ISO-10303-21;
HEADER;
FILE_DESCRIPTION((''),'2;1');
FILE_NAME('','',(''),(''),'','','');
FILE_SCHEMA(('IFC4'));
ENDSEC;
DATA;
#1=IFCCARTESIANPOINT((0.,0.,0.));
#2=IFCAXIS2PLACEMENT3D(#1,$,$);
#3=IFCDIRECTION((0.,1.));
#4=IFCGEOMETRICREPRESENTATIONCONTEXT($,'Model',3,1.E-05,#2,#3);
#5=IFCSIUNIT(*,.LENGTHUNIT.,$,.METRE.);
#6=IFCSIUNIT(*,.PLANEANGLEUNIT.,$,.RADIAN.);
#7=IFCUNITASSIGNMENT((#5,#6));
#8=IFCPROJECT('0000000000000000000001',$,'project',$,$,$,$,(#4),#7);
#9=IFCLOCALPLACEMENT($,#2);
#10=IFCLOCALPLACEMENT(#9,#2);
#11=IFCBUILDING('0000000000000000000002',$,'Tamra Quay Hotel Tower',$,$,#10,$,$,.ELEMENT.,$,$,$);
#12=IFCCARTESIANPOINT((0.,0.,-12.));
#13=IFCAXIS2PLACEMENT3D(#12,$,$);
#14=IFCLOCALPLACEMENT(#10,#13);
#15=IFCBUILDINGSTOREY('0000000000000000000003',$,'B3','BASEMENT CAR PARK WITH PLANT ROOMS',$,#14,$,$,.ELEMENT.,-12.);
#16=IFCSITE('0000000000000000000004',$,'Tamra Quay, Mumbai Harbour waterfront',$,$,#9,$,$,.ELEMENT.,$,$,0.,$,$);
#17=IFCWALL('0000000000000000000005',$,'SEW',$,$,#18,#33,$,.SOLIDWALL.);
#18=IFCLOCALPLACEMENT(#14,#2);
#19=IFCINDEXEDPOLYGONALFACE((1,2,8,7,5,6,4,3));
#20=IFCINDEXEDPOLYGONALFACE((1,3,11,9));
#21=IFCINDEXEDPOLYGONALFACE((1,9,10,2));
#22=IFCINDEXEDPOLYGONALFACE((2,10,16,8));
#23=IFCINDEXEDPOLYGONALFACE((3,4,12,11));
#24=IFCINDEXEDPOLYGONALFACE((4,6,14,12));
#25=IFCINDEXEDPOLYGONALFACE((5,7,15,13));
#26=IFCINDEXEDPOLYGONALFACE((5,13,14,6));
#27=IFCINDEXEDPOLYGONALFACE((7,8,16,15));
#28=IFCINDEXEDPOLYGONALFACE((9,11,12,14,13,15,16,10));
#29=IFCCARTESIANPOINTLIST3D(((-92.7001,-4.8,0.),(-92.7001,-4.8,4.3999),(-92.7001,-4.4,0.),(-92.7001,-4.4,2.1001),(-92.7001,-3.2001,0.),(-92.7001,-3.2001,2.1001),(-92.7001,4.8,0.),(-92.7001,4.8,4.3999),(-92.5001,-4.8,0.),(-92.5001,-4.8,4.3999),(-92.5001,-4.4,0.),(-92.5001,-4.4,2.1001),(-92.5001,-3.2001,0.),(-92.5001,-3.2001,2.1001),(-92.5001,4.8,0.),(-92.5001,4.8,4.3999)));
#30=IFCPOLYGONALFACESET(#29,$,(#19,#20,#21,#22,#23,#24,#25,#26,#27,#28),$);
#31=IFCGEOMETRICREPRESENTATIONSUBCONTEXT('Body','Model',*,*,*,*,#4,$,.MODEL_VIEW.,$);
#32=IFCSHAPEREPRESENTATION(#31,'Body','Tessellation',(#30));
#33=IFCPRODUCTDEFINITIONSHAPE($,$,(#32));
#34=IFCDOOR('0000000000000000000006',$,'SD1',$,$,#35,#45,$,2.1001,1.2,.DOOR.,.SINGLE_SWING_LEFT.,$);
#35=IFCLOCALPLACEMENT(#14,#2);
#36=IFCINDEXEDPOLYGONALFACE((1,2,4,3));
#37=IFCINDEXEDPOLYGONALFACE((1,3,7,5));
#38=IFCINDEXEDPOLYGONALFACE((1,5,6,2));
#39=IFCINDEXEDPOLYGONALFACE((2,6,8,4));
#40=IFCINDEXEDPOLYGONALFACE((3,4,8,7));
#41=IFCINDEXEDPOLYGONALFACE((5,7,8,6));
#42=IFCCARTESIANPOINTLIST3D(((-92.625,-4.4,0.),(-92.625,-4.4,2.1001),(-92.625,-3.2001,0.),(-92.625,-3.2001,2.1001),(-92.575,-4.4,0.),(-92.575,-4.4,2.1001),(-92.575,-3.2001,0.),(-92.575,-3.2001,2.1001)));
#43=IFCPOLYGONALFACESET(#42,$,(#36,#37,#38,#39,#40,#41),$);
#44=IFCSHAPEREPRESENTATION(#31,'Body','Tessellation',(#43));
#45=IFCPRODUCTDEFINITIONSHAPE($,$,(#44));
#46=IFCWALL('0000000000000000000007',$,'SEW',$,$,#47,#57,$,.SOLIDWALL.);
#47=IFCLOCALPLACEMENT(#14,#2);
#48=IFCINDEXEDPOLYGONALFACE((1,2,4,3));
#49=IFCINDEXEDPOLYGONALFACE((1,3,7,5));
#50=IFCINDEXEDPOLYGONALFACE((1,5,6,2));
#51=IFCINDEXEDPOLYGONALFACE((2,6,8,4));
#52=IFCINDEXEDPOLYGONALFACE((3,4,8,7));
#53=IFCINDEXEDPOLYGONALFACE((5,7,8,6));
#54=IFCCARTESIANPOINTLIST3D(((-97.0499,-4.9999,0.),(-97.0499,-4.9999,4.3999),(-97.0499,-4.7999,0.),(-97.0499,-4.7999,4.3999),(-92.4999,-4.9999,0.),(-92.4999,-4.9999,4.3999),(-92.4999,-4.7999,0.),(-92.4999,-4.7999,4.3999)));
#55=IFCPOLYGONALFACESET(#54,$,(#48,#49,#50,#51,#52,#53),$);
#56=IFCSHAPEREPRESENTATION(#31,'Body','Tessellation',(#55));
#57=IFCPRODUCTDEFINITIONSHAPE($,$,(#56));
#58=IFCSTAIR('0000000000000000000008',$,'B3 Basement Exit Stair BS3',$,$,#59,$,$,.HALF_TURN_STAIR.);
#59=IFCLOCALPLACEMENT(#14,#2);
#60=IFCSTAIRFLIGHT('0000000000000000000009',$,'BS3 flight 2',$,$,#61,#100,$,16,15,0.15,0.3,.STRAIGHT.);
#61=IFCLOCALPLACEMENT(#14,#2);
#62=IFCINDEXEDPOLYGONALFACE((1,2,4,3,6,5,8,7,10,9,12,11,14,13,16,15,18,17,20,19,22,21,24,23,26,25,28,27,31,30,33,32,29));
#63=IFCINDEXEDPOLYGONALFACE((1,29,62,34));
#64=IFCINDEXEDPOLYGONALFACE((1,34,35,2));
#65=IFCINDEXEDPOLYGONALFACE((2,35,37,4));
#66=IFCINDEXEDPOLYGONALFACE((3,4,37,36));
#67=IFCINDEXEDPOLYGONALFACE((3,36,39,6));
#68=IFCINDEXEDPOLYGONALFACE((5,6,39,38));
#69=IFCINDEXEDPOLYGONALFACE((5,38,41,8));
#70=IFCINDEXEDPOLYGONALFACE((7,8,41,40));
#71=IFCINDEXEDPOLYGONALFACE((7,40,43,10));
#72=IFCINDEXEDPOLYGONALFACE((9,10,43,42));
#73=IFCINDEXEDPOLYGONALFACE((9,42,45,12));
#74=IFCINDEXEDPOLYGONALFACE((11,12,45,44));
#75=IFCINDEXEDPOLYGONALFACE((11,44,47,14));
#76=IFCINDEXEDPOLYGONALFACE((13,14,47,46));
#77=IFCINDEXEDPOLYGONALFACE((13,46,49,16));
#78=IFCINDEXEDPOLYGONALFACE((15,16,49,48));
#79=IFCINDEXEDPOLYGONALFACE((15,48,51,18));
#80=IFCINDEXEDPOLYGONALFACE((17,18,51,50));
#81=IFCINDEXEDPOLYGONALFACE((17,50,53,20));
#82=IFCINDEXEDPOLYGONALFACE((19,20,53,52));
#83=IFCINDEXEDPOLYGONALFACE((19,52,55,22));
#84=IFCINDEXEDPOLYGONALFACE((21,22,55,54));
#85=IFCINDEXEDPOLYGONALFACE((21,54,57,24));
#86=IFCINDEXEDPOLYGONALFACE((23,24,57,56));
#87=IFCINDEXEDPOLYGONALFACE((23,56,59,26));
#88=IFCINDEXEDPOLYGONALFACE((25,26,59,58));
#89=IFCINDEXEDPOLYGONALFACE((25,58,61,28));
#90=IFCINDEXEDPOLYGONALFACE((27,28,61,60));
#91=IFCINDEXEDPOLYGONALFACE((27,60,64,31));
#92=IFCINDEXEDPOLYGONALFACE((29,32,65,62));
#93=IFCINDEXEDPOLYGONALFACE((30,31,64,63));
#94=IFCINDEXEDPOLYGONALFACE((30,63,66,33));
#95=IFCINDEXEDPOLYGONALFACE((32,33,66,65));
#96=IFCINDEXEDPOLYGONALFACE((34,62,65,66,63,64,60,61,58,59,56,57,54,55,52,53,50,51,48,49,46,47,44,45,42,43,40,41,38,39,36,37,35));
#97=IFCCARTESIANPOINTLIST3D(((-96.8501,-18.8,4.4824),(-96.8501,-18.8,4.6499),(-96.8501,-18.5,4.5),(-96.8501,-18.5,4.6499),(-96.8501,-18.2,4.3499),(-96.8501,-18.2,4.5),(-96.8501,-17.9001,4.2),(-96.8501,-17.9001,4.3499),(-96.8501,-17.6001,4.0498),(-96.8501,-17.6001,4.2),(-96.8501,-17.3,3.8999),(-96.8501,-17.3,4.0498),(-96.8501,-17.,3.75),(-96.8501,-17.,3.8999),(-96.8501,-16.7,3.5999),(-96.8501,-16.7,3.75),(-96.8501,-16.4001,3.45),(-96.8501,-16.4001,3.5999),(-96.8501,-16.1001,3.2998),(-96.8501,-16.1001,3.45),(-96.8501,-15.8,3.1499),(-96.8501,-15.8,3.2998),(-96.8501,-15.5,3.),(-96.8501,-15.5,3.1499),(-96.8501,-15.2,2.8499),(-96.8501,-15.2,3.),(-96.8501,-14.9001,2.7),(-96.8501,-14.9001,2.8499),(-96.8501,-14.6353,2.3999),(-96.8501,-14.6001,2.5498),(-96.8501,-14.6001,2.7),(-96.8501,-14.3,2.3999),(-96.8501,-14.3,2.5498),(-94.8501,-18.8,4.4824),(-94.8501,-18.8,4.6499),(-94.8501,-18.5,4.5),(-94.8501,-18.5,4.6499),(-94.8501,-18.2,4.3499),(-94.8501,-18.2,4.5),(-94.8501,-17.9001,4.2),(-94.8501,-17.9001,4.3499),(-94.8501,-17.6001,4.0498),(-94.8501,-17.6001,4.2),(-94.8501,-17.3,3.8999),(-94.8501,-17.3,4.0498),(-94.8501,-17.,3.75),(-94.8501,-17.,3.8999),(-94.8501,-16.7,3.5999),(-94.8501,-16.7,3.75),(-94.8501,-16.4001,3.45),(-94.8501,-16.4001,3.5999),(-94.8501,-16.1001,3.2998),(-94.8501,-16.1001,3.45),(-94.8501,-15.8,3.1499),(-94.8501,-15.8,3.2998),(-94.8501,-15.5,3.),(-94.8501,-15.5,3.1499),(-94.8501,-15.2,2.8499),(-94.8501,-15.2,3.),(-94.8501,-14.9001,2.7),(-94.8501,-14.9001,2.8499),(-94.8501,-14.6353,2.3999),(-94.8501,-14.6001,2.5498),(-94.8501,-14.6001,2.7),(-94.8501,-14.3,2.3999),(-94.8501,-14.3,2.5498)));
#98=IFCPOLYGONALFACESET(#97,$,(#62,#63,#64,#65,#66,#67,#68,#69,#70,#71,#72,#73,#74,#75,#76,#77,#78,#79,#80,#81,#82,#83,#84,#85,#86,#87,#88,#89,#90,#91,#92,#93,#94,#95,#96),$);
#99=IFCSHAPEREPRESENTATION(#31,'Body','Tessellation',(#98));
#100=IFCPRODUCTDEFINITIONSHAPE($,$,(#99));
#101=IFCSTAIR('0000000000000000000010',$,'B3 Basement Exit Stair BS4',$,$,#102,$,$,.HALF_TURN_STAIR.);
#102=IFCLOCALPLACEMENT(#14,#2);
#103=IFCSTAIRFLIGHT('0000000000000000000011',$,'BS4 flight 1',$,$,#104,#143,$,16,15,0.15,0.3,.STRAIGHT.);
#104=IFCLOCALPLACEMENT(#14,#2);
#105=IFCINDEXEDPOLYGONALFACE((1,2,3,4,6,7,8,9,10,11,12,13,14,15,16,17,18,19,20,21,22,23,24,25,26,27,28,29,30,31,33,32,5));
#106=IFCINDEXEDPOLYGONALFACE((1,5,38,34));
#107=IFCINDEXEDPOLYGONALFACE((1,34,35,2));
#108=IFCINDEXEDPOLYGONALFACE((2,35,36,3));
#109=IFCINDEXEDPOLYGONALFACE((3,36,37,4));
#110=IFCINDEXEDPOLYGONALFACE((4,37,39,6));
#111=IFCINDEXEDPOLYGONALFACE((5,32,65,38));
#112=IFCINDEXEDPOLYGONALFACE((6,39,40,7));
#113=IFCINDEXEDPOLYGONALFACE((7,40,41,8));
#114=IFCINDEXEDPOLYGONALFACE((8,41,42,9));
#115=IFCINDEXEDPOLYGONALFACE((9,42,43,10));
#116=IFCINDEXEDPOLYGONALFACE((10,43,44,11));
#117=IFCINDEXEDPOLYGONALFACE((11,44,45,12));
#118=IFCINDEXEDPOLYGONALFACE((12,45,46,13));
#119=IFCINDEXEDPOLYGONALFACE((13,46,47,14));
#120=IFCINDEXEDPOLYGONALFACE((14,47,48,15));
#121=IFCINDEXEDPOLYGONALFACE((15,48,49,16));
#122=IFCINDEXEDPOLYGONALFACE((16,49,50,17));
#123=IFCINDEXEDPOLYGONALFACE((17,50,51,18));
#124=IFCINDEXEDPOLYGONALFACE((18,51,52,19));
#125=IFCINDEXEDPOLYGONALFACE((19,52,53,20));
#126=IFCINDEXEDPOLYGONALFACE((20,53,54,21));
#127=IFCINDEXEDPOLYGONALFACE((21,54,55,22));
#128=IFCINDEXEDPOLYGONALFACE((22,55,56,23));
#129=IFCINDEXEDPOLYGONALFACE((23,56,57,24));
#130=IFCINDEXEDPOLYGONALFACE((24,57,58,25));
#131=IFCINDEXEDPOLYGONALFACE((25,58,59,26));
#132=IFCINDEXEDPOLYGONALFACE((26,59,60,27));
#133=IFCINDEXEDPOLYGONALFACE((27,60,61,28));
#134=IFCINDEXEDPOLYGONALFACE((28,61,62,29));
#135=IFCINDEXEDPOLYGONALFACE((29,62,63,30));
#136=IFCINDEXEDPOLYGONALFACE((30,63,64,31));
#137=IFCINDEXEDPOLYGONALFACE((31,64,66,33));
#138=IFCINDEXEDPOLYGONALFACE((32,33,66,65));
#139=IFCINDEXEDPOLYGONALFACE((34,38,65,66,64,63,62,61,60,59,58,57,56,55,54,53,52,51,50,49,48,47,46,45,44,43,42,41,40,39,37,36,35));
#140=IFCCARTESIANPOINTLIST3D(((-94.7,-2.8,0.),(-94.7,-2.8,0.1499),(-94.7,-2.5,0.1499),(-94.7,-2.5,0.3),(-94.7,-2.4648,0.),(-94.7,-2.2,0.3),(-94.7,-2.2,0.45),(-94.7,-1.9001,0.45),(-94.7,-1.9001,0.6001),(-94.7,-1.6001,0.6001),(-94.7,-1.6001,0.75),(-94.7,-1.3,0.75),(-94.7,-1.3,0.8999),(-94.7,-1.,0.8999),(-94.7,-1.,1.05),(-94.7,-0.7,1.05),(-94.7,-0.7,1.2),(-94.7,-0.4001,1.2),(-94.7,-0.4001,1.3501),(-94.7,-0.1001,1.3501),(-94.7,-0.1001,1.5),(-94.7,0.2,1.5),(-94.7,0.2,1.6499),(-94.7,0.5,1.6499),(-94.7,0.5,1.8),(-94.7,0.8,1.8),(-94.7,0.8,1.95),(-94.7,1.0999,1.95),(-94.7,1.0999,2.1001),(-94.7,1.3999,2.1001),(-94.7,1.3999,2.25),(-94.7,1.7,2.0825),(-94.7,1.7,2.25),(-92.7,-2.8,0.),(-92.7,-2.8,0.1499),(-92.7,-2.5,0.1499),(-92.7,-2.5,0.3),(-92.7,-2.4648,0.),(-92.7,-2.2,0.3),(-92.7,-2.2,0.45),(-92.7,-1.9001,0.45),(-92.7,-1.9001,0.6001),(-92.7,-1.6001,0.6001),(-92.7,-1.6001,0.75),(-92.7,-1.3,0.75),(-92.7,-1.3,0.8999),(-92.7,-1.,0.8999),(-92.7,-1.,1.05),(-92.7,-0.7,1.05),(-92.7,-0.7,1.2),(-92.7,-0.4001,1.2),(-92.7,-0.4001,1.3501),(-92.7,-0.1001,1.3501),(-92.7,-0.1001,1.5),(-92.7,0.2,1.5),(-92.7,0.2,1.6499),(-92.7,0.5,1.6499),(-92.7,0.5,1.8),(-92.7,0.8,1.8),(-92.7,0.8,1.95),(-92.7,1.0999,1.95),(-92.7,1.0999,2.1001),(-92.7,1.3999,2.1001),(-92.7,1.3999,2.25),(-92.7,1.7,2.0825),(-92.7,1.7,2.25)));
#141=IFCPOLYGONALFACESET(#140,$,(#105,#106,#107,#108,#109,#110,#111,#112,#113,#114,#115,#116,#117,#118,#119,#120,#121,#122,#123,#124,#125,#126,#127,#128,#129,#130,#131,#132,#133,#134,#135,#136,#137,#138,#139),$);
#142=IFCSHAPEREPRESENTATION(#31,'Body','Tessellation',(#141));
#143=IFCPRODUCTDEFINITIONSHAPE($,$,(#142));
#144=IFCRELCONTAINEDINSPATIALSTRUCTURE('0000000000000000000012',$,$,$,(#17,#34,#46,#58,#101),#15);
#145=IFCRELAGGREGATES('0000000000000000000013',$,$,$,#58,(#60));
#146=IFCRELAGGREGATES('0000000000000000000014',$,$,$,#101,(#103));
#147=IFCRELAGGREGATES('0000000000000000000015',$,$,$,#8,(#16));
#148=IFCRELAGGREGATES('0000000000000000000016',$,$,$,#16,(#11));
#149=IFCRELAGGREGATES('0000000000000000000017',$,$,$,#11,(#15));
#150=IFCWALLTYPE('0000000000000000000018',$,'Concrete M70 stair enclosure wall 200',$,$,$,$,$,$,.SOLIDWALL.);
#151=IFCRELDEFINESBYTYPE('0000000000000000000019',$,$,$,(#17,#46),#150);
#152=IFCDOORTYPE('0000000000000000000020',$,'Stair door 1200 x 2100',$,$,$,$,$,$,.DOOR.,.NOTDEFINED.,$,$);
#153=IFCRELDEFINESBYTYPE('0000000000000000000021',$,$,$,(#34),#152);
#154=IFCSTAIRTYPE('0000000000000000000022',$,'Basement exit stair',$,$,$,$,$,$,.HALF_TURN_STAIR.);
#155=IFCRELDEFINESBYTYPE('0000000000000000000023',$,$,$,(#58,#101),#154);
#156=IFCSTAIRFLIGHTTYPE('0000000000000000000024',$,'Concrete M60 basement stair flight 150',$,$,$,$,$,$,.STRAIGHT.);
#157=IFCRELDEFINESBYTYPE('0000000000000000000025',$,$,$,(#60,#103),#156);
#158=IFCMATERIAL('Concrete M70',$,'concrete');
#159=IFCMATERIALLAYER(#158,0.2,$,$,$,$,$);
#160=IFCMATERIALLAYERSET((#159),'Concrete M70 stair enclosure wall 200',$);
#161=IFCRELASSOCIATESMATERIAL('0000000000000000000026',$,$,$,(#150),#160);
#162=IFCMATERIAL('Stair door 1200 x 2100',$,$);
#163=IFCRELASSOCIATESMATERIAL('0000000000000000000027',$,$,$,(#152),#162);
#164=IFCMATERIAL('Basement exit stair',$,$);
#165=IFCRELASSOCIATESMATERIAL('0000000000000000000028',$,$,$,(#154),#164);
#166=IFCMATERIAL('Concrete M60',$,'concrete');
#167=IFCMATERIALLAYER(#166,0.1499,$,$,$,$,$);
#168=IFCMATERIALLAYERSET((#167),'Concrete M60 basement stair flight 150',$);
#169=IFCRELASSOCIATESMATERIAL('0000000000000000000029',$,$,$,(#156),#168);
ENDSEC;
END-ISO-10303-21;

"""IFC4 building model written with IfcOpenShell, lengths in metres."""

from ifc_helpers import new_model, si_unit, direction, frame, frame_2d, origin, place, context, subcontext, project, spatial, polyline, rectangle, outline, extrude, material, layer, layer_set, type_object, element, fill, aggregate, save


model = new_model("IFC4")

# Units and contexts
model_context = context("Model", 3, precision=1e-05, world=origin(), true_north=direction((0.0, 1.0)))
body_context = subcontext(model_context, "Body", "Model", "MODEL_VIEW")
ifc_project = project(units=[si_unit("LENGTHUNIT", "METRE"), si_unit("PLANEANGLEUNIT", "RADIAN")], contexts=[model_context])

# Site, building, storey
site_placement = place(None, origin())
site = spatial("IfcSite", under=ifc_project, at=site_placement, Name="Tamra Quay, Mumbai Harbour waterfront", CompositionType="ELEMENT", RefElevation=0.0)
building_placement = place(site_placement, origin())
building = spatial("IfcBuilding", under=site, at=building_placement, Name="Tamra Quay Hotel Tower", CompositionType="ELEMENT")
storey_placement = place(building_placement, frame((0.0, 0.0, -12.0)))
storey = spatial("IfcBuildingStorey", under=building, at=storey_placement, Name="B3", Description="BASEMENT CAR PARK WITH PLANT ROOMS", CompositionType="ELEMENT", Elevation=-12.0)

# Shared definitions
ifc_material_1 = material(Name="Concrete M70", Category="concrete")

# Shared definitions
ifc_layer_1 = layer(ifc_material_1, 0.2)
ifc_layer_set_1 = layer_set([ifc_layer_1], Name="Concrete M70 stair enclosure wall 200")
wall_type_1 = type_object("IfcWallType", Name="Concrete M70 stair enclosure wall 200", PredefinedType="SOLIDWALL", material=ifc_layer_set_1)

# Wall, opening, door
wall_1_placement = place(storey_placement, frame((-92.6001, -4.8, 0.0), z_axis=(0.0, 0.0, 1.0), x_axis=(0.0, 1.0, 0.0)))
wall_1 = element("IfcWall", 1, at=wall_1_placement, inside=storey, type_object=wall_type_1, Name="SEW", PredefinedType="SOLIDWALL", context=body_context, shape_type="SweptSolid", body=[
    extrude(rectangle(XDim=9.6001, YDim=0.2, at=frame_2d((4.8, 0.0))), origin(), (0.0, 0.0, 1.0), 4.3999),
])
opening_1_placement = place(wall_1_placement, frame((0.3999, 0.0, 0.0)))
opening_1 = element("IfcOpeningElement", 2, at=opening_1_placement, cuts=wall_1, PredefinedType="OPENING", context=body_context, shape_type="SweptSolid", body=[
    extrude(rectangle(XDim=1.2, YDim=2.1001, at=frame_2d((0.6001, 1.05))), frame((0.0, 0.1099, 0.0), z_axis=(0.0, -1.0, 0.0), x_axis=(1.0, 0.0, 0.0)), (0.0, 0.0, 1.0), 0.22),
])
ifc_material_2 = material(Name="Stair door 1200 x 2100")
door_type_1 = type_object("IfcDoorType", Name="Stair door 1200 x 2100", OperationType="NOTDEFINED", PredefinedType="DOOR", material=ifc_material_2)
door_1_placement = place(opening_1_placement, origin())
door_1 = element("IfcDoor", 3, at=door_1_placement, inside=storey, type_object=door_type_1, Name="SD1", OperationType="SINGLE_SWING_LEFT", OverallHeight=2.1001, OverallWidth=1.2, PredefinedType="DOOR", context=body_context, shape_type="SweptSolid", body=[
    extrude(rectangle(XDim=1.2, YDim=2.1001, at=frame_2d((0.6001, 1.05))), frame((0.0, 0.0249, 0.0), z_axis=(0.0, -1.0, 0.0), x_axis=(1.0, 0.0, 0.0)), (0.0, 0.0, 1.0), 0.05),
])
fill(opening_1, door_1)

# Wall
wall_2_placement = place(storey_placement, frame((-92.5, -4.8999, 0.0), z_axis=(0.0, 0.0, 1.0), x_axis=(-1.0, 0.0, 0.0)))
element("IfcWall", 4, at=wall_2_placement, inside=storey, type_object=wall_type_1, Name="SEW", PredefinedType="SOLIDWALL", context=body_context, shape_type="SweptSolid", body=[
    extrude(rectangle(XDim=4.55, YDim=0.2, at=frame_2d((2.2749, 0.0))), origin(), (0.0, 0.0, 1.0), 4.3999),
])

# Stairs, stair flights
ifc_material_3 = material(Name="Basement exit stair")
stair_type = type_object("IfcStairType", Name="Basement exit stair", PredefinedType="HALF_TURN_STAIR", material=ifc_material_3)
stair_1_placement = place(storey_placement, origin())
stair_1 = element("IfcStair", 5, at=stair_1_placement, inside=storey, type_object=stair_type, Name="B3 Basement Exit Stair BS3", PredefinedType="HALF_TURN_STAIR")
ifc_material_4 = material(Name="Concrete M60", Category="concrete")
ifc_layer_2 = layer(ifc_material_4, 0.1499)
ifc_layer_set_2 = layer_set([ifc_layer_2], Name="Concrete M60 basement stair flight 150")
stair_flight_type = type_object("IfcStairFlightType", Name="Concrete M60 basement stair flight 150", PredefinedType="STRAIGHT", material=ifc_layer_set_2)
stair_flight_1_placement = place(storey_placement, frame((-95.8501, -14.3, 2.3999), z_axis=(0.0, 0.0, 1.0), x_axis=(0.0, -1.0, 0.0)))
stair_flight_1 = element("IfcStairFlight", 6, at=stair_flight_1_placement, type_object=stair_flight_type, Name="BS3 flight 2", NumberOfRisers=16, NumberOfTreads=15, PredefinedType="STRAIGHT", RiserHeight=0.15, TreadLength=0.3, context=body_context, shape_type="SweptSolid", body=[
    extrude(outline(polyline([(0.0, 0.0), (0.0, 0.1499), (0.3, 0.1499), (0.3, 0.3), (0.6001, 0.3), (0.6001, 0.45), (0.8999, 0.45), (0.8999, 0.6001), (1.2, 0.6001), (1.2, 0.75), (1.5, 0.75), (1.5, 0.8999), (1.8, 0.8999), (1.8, 1.05), (2.1001, 1.05), (2.1001, 1.2), (2.3999, 1.2), (2.3999, 1.3501), (2.7, 1.3501), (2.7, 1.5), (3.0, 1.5), (3.0, 1.6499), (3.3, 1.6499), (3.3, 1.8), (3.6001, 1.8), (3.6001, 1.95), (3.8999, 1.95), (3.8999, 2.1001), (4.2, 2.1001), (4.2, 2.25), (4.5, 2.25), (4.5, 2.3999), (4.5, 2.0825), (0.3352, 0.0), (0.0, 0.0)])), frame((0.0, 1.0, 0.0), z_axis=(0.0, -1.0, 0.0), x_axis=(1.0, 0.0, 0.0)), (0.0, 0.0, 1.0), 2.0),
])
aggregate(stair_1, [stair_flight_1])
stair_2_placement = place(storey_placement, origin())
stair_2 = element("IfcStair", 7, at=stair_2_placement, inside=storey, type_object=stair_type, Name="B3 Basement Exit Stair BS4", PredefinedType="HALF_TURN_STAIR")
stair_flight_2_placement = place(storey_placement, frame((-93.7, -2.8, 0.0), z_axis=(0.0, 0.0, 1.0), x_axis=(0.0, 1.0, 0.0)))
stair_flight_2 = element("IfcStairFlight", 8, at=stair_flight_2_placement, type_object=stair_flight_type, Name="BS4 flight 1", NumberOfRisers=16, NumberOfTreads=15, PredefinedType="STRAIGHT", RiserHeight=0.15, TreadLength=0.3, context=body_context, shape_type="SweptSolid", body=[
    extrude(outline(polyline([(0.0, 0.0), (0.0, 0.1499), (0.3, 0.1499), (0.3, 0.3), (0.6001, 0.3), (0.6001, 0.45), (0.8999, 0.45), (0.8999, 0.6001), (1.2, 0.6001), (1.2, 0.75), (1.5, 0.75), (1.5, 0.8999), (1.8, 0.8999), (1.8, 1.05), (2.1001, 1.05), (2.1001, 1.2), (2.3999, 1.2), (2.3999, 1.3501), (2.7, 1.3501), (2.7, 1.5), (3.0, 1.5), (3.0, 1.6499), (3.3, 1.6499), (3.3, 1.8), (3.6001, 1.8), (3.6001, 1.95), (3.8999, 1.95), (3.8999, 2.1001), (4.2, 2.1001), (4.2, 2.25), (4.5, 2.25), (4.5, 2.3999), (4.5, 2.0825), (0.3352, 0.0), (0.0, 0.0)])), frame((0.0, 1.0, 0.0), z_axis=(0.0, -1.0, 0.0), x_axis=(1.0, 0.0, 0.0)), (0.0, 0.0, 1.0), 2.0),
])
aggregate(stair_2, [stair_flight_2])

save(model, "model.ifc")
